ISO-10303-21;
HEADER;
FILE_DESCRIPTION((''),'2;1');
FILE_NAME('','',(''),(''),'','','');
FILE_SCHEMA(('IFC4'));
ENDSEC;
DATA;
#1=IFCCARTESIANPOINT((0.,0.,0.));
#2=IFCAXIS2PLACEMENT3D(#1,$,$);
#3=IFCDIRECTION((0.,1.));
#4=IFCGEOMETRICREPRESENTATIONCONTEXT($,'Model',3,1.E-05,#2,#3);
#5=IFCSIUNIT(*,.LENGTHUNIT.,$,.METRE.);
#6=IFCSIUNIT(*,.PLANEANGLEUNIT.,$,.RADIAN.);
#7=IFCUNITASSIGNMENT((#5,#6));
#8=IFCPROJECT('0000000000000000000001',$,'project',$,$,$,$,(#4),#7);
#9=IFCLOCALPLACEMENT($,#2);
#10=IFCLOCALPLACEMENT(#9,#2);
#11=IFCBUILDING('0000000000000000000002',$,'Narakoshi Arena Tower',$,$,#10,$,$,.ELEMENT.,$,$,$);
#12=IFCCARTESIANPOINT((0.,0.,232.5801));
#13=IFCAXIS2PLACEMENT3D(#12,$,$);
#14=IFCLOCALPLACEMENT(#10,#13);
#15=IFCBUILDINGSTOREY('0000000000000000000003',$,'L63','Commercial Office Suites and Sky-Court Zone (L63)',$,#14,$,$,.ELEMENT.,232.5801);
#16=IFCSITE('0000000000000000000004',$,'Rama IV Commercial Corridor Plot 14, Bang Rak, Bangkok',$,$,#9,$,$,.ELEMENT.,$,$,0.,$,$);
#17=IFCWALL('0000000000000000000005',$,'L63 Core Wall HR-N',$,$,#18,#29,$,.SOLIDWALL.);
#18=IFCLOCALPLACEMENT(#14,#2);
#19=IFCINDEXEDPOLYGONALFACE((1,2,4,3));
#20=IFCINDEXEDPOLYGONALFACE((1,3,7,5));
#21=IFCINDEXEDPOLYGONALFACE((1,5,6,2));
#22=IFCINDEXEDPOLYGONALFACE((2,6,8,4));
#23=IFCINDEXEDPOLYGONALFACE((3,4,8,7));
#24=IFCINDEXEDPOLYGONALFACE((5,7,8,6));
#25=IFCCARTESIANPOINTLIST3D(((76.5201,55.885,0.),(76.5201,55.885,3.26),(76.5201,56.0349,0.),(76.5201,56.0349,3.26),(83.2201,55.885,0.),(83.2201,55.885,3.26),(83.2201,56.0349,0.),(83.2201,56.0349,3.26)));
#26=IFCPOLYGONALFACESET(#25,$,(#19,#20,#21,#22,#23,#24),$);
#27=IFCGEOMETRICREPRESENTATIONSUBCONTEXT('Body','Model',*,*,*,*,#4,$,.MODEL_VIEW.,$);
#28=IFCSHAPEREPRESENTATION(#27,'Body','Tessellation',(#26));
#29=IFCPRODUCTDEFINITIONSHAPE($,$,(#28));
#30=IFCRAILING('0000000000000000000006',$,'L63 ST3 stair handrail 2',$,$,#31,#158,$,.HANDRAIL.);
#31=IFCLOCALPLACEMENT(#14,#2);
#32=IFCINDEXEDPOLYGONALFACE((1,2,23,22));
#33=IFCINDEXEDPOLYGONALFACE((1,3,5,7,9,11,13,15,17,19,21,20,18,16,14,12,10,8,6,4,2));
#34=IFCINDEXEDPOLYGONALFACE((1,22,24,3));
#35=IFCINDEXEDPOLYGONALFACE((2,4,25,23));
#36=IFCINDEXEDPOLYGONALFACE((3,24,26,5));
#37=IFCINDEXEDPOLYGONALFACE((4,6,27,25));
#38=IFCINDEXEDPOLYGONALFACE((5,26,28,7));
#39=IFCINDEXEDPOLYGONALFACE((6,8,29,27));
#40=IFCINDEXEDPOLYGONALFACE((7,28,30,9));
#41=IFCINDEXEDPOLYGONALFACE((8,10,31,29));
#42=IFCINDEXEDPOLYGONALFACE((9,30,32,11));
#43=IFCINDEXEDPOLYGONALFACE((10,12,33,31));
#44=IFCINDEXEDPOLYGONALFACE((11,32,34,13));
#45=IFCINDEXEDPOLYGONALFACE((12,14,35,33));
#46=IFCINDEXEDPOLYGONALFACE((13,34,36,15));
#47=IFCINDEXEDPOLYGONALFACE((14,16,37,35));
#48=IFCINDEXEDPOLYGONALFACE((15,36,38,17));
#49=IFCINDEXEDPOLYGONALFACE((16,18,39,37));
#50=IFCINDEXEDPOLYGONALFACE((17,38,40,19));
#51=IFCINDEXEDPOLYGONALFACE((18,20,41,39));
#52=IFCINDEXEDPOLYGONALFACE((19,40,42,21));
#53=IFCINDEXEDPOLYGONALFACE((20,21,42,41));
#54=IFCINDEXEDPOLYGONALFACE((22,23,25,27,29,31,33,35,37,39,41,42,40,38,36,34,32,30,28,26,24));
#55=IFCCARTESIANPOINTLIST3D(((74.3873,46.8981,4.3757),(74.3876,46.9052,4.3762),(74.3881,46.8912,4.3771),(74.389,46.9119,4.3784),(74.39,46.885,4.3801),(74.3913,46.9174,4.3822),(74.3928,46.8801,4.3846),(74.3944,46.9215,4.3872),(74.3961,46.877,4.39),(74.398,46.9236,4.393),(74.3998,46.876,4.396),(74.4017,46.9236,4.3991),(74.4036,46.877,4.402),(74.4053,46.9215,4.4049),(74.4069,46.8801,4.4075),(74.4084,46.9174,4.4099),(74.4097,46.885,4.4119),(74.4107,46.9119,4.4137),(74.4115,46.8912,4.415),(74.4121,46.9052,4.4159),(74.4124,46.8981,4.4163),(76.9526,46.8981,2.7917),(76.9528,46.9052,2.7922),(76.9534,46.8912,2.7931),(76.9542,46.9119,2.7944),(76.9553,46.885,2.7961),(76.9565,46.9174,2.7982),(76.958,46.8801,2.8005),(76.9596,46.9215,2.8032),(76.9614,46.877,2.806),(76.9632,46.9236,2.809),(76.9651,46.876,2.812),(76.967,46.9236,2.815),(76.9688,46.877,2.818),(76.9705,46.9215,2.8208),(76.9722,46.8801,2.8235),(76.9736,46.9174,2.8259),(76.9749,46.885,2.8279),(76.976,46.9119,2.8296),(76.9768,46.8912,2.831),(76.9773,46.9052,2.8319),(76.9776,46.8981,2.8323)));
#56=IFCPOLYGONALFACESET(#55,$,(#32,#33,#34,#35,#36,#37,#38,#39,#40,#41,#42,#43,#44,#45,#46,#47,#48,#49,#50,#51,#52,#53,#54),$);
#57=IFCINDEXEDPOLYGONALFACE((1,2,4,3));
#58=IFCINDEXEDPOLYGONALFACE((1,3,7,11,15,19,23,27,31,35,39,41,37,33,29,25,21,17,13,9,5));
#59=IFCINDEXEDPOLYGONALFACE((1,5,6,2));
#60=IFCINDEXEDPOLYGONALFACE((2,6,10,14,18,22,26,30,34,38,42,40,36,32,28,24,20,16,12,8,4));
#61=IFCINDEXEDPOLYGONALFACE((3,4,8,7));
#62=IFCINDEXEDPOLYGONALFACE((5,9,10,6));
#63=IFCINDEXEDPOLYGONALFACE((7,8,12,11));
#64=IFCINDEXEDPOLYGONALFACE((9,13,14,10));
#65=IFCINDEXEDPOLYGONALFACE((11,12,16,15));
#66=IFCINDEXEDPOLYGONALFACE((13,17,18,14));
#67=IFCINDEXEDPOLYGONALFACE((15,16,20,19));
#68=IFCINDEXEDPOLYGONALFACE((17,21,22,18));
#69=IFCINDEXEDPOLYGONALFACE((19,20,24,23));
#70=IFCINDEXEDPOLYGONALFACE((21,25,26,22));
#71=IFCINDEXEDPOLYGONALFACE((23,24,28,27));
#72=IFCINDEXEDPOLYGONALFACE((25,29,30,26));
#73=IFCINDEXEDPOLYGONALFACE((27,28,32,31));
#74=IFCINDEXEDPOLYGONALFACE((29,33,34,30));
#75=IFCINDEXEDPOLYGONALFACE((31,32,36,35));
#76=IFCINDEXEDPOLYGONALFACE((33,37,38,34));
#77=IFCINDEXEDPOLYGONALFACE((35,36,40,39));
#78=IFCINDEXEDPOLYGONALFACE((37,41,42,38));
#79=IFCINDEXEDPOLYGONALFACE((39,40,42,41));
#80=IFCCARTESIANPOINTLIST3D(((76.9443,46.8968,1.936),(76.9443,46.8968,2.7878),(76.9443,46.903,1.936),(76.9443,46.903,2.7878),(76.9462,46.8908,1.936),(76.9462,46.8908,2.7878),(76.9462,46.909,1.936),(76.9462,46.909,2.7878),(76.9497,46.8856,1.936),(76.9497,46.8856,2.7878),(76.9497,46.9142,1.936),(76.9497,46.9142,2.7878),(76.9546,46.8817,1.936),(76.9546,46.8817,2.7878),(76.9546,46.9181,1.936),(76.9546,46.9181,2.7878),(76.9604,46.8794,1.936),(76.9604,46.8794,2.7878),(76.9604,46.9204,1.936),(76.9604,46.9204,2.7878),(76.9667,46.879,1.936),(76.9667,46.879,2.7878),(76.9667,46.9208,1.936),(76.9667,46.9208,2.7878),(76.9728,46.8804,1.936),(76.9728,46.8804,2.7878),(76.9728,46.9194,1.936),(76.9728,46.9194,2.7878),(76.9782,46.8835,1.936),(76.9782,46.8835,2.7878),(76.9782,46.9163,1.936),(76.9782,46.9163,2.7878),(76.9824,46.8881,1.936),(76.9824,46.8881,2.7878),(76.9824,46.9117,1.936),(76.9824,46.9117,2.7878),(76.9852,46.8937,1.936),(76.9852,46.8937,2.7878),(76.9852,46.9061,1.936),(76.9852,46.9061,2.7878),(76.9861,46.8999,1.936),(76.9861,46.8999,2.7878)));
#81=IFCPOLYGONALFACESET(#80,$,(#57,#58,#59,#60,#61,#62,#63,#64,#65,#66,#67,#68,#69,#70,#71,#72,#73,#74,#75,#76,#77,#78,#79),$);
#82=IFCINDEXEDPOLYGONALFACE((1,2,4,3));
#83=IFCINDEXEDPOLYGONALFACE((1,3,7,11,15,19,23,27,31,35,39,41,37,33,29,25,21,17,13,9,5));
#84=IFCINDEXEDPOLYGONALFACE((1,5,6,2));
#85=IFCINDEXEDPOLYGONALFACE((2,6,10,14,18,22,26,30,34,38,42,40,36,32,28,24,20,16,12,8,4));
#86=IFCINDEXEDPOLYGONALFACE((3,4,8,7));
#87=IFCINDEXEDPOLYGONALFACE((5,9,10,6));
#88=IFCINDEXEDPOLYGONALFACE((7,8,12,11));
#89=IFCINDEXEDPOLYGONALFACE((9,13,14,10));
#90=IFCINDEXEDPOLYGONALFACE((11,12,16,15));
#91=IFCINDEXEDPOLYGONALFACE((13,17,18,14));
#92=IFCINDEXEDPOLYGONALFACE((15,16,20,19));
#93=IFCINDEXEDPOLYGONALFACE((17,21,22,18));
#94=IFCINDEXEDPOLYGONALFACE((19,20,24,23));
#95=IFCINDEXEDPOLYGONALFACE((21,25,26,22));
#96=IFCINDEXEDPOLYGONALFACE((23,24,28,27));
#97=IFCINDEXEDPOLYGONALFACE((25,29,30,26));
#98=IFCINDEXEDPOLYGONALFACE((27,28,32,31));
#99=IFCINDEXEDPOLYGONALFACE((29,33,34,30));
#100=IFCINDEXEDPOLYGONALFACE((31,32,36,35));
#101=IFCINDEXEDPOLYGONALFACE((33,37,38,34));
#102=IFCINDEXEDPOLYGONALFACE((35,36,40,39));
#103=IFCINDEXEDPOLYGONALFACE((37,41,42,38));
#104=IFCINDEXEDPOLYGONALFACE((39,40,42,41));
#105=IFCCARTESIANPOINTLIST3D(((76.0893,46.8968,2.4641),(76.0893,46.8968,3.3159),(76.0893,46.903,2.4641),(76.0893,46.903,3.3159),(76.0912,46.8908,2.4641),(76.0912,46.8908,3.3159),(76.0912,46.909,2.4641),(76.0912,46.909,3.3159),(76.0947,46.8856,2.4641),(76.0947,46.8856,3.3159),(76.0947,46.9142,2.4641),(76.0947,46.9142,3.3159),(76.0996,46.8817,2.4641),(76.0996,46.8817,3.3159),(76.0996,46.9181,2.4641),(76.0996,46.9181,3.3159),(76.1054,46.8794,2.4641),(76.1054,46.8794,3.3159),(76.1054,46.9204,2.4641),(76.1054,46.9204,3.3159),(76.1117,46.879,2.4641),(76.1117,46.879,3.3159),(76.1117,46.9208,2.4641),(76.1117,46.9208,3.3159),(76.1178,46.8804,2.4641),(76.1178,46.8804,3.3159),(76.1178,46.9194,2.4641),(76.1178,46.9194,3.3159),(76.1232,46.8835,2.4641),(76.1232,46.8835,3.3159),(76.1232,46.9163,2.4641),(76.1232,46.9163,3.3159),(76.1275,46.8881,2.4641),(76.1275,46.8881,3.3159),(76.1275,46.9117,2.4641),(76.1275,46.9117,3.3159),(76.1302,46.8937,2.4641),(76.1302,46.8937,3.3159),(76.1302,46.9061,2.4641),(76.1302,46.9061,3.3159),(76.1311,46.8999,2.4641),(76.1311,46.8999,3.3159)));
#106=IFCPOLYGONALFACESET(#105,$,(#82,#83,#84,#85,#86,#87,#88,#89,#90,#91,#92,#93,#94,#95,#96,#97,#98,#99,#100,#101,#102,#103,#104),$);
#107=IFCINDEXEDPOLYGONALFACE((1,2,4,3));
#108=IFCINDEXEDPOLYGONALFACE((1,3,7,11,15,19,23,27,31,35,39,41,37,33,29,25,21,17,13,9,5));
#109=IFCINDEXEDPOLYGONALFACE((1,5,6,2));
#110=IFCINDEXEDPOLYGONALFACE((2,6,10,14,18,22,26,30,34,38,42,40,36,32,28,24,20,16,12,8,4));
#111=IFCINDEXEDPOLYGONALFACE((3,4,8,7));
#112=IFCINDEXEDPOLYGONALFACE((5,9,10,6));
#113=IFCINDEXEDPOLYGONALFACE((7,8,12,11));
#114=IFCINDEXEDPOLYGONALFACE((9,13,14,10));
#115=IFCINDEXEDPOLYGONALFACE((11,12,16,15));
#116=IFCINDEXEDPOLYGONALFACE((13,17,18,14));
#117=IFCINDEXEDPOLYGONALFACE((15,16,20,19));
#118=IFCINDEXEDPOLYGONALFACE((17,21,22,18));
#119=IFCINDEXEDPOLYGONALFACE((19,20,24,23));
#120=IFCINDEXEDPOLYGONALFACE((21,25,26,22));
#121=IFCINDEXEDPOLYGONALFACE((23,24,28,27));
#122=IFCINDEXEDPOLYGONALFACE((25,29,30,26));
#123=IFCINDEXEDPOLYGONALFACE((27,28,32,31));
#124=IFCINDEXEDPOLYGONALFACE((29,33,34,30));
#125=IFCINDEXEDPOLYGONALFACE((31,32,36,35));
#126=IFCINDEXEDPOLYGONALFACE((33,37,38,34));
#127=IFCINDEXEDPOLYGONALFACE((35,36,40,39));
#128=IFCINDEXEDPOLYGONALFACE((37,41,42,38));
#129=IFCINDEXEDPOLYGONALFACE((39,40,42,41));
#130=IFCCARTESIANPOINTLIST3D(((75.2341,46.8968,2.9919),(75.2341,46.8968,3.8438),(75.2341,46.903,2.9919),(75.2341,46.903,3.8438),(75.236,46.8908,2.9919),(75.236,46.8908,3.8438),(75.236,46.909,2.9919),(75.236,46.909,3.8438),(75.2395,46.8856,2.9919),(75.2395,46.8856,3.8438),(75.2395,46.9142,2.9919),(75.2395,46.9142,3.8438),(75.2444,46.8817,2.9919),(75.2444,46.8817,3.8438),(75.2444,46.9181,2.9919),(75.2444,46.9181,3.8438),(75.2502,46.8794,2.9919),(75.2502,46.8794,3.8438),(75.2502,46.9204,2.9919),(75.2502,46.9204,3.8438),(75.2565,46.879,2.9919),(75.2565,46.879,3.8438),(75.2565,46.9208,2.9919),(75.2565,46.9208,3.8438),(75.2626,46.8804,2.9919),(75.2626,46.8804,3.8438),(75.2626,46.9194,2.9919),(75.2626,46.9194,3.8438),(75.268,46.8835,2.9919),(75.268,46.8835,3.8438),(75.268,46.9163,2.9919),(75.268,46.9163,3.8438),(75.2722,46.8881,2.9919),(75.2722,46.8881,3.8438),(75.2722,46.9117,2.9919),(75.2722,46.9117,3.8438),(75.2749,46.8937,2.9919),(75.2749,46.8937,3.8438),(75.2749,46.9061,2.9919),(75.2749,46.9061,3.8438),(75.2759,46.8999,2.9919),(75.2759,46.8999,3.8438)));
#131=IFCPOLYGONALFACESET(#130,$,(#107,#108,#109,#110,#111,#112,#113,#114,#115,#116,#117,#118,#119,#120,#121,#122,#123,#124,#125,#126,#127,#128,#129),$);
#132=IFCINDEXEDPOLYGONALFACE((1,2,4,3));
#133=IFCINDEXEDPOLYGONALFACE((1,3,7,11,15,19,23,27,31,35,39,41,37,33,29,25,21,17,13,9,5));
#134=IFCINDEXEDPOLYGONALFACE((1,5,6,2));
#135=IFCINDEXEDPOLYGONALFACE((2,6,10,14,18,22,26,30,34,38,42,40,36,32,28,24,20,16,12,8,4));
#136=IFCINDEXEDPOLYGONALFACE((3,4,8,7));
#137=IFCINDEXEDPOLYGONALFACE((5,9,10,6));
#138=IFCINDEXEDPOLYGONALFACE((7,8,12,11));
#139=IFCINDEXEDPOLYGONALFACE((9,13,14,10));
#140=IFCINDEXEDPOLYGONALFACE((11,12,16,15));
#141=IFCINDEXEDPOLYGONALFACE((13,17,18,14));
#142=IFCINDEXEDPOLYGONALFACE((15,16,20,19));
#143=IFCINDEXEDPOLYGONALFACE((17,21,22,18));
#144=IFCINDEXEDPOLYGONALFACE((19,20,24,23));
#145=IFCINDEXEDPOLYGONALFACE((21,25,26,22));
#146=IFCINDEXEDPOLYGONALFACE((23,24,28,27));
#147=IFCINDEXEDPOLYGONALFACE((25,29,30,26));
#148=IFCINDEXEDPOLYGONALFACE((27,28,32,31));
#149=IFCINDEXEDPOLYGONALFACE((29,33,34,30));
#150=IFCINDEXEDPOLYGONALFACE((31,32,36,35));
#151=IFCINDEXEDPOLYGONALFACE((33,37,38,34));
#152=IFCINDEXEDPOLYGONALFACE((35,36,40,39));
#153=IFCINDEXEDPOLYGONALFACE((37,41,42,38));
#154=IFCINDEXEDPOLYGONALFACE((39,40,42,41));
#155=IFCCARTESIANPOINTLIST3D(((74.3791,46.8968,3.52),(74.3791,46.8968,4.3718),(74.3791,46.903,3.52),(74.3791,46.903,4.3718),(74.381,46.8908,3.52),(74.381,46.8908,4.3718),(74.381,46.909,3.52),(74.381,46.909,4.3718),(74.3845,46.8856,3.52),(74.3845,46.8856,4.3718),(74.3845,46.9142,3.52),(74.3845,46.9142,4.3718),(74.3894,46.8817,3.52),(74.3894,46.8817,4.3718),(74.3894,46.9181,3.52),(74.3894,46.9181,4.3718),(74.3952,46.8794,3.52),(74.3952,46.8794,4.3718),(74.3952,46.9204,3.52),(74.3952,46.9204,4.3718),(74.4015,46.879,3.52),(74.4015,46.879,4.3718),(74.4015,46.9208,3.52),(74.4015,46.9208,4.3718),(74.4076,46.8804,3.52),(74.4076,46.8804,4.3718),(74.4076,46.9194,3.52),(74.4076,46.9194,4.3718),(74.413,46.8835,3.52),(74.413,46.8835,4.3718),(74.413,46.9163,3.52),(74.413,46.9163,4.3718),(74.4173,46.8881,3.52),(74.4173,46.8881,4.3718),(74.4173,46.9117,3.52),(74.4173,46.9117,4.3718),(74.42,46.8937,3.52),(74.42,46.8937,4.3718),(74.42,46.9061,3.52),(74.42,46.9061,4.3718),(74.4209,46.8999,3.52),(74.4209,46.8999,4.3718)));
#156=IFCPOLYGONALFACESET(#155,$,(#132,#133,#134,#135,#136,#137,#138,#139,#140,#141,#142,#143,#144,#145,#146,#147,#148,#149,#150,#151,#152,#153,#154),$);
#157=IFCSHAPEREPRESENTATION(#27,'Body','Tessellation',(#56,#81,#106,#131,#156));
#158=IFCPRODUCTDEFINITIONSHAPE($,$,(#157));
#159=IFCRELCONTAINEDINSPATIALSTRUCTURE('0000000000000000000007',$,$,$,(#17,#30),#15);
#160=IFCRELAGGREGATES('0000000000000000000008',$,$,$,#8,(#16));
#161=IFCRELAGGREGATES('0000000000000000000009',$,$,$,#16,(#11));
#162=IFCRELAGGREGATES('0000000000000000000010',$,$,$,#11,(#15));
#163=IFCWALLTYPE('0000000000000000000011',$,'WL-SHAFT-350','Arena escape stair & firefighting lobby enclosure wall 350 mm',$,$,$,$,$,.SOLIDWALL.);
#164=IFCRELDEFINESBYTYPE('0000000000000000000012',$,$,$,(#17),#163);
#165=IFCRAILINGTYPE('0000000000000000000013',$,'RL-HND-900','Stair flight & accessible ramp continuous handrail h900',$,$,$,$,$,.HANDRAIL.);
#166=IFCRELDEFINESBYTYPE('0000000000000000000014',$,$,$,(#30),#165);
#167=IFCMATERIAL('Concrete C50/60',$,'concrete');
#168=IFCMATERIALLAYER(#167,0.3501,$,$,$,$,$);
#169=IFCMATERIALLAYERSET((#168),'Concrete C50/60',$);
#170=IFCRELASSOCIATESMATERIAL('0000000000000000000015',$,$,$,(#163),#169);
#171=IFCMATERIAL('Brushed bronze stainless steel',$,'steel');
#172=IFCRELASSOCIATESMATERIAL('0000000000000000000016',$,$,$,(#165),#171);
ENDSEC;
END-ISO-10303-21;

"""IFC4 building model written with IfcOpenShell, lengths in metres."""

from ifc_helpers import new_model, si_unit, direction, frame, frame_2d, origin, origin_2d, place, context, subcontext, project, spatial, rectangle, circle, extrude, material, layer, layer_set, type_object, element, save


model = new_model("IFC4")

# Units and contexts
model_context = context("Model", 3, precision=1e-05, world=origin(), true_north=direction((0.0, 1.0)))
body_context = subcontext(model_context, "Body", "Model", "MODEL_VIEW")
ifc_project = project(units=[si_unit("LENGTHUNIT", "METRE"), si_unit("PLANEANGLEUNIT", "RADIAN")], contexts=[model_context])

# Site, building, storey
site_placement = place(None, origin())
site = spatial("IfcSite", under=ifc_project, at=site_placement, Name="Rama IV Commercial Corridor Plot 14, Bang Rak, Bangkok", CompositionType="ELEMENT", RefElevation=0.0)
building_placement = place(site_placement, origin())
building = spatial("IfcBuilding", under=site, at=building_placement, Name="Narakoshi Arena Tower", CompositionType="ELEMENT")
storey_placement = place(building_placement, frame((0.0, 0.0, 232.5801)))
storey = spatial("IfcBuildingStorey", under=building, at=storey_placement, Name="L63", Description="Commercial Office Suites and Sky-Court Zone (L63)", CompositionType="ELEMENT", Elevation=232.5801)

# Shared definitions
ifc_material_1 = material(Name="Concrete C50/60", Category="concrete")

# Shared definitions
ifc_layer_1 = layer(ifc_material_1, 0.3501)
ifc_layer_set_1 = layer_set([ifc_layer_1], Name="Concrete C50/60")
wall_type_1 = type_object("IfcWallType", Name="WL-SHAFT-350", Description="Arena escape stair & firefighting lobby enclosure wall 350 mm", PredefinedType="SOLIDWALL", material=ifc_layer_set_1)

# Shared definitions
ifc_material_2 = material(Name="Brushed bronze stainless steel", Category="steel")

# Wall
wall_1_placement = place(storey_placement, frame((76.52, 55.96, 0.0), z_axis=(0.0, 0.0, 1.0), x_axis=(1.0, 0.0, 0.0)))
element("IfcWall", 1, at=wall_1_placement, inside=storey, type_object=wall_type_1, Name="L63 Core Wall HR-N", PredefinedType="SOLIDWALL", context=body_context, shape_type="SweptSolid", body=[
    extrude(rectangle(XDim=6.7, YDim=0.1499, at=frame_2d((3.3501, 0.0))), origin(), (0.0, 0.0, 1.0), 3.26),
])

# Railing
railing_type = type_object("IfcRailingType", Name="RL-HND-900", Description="Stair flight & accessible ramp continuous handrail h900", PredefinedType="HANDRAIL", material=ifc_material_2)
railing_placement = place(storey_placement, frame((76.9651, 46.8999, 1.936)))
element("IfcRailing", 2, at=railing_placement, inside=storey, type_object=railing_type, Name="L63 ST3 stair handrail 2", PredefinedType="HANDRAIL", context=body_context, shape_type="SweptSolid", body=[
    extrude(circle(Radius=0.0239, at=origin_2d()), frame((0.0, 0.0, 0.876), z_axis=(-0.850857, 0.0, 0.525398), x_axis=(0.0, -1.0, 0.0)), (0.0, 0.0, 1.0), 3.0149),
    extrude(circle(Radius=0.021, at=origin_2d()), origin(), (0.0, 0.0, 1.0), 0.8518),
    extrude(circle(Radius=0.021, at=origin_2d()), frame((-0.855, 0.0, 0.5281)), (0.0, 0.0, 1.0), 0.8518),
    extrude(circle(Radius=0.021, at=origin_2d()), frame((-1.7102, 0.0, 1.0559)), (0.0, 0.0, 1.0), 0.8518),
    extrude(circle(Radius=0.021, at=origin_2d()), frame((-2.5652, 0.0, 1.584)), (0.0, 0.0, 1.0), 0.8518),
])

save(model, "model.ifc")
